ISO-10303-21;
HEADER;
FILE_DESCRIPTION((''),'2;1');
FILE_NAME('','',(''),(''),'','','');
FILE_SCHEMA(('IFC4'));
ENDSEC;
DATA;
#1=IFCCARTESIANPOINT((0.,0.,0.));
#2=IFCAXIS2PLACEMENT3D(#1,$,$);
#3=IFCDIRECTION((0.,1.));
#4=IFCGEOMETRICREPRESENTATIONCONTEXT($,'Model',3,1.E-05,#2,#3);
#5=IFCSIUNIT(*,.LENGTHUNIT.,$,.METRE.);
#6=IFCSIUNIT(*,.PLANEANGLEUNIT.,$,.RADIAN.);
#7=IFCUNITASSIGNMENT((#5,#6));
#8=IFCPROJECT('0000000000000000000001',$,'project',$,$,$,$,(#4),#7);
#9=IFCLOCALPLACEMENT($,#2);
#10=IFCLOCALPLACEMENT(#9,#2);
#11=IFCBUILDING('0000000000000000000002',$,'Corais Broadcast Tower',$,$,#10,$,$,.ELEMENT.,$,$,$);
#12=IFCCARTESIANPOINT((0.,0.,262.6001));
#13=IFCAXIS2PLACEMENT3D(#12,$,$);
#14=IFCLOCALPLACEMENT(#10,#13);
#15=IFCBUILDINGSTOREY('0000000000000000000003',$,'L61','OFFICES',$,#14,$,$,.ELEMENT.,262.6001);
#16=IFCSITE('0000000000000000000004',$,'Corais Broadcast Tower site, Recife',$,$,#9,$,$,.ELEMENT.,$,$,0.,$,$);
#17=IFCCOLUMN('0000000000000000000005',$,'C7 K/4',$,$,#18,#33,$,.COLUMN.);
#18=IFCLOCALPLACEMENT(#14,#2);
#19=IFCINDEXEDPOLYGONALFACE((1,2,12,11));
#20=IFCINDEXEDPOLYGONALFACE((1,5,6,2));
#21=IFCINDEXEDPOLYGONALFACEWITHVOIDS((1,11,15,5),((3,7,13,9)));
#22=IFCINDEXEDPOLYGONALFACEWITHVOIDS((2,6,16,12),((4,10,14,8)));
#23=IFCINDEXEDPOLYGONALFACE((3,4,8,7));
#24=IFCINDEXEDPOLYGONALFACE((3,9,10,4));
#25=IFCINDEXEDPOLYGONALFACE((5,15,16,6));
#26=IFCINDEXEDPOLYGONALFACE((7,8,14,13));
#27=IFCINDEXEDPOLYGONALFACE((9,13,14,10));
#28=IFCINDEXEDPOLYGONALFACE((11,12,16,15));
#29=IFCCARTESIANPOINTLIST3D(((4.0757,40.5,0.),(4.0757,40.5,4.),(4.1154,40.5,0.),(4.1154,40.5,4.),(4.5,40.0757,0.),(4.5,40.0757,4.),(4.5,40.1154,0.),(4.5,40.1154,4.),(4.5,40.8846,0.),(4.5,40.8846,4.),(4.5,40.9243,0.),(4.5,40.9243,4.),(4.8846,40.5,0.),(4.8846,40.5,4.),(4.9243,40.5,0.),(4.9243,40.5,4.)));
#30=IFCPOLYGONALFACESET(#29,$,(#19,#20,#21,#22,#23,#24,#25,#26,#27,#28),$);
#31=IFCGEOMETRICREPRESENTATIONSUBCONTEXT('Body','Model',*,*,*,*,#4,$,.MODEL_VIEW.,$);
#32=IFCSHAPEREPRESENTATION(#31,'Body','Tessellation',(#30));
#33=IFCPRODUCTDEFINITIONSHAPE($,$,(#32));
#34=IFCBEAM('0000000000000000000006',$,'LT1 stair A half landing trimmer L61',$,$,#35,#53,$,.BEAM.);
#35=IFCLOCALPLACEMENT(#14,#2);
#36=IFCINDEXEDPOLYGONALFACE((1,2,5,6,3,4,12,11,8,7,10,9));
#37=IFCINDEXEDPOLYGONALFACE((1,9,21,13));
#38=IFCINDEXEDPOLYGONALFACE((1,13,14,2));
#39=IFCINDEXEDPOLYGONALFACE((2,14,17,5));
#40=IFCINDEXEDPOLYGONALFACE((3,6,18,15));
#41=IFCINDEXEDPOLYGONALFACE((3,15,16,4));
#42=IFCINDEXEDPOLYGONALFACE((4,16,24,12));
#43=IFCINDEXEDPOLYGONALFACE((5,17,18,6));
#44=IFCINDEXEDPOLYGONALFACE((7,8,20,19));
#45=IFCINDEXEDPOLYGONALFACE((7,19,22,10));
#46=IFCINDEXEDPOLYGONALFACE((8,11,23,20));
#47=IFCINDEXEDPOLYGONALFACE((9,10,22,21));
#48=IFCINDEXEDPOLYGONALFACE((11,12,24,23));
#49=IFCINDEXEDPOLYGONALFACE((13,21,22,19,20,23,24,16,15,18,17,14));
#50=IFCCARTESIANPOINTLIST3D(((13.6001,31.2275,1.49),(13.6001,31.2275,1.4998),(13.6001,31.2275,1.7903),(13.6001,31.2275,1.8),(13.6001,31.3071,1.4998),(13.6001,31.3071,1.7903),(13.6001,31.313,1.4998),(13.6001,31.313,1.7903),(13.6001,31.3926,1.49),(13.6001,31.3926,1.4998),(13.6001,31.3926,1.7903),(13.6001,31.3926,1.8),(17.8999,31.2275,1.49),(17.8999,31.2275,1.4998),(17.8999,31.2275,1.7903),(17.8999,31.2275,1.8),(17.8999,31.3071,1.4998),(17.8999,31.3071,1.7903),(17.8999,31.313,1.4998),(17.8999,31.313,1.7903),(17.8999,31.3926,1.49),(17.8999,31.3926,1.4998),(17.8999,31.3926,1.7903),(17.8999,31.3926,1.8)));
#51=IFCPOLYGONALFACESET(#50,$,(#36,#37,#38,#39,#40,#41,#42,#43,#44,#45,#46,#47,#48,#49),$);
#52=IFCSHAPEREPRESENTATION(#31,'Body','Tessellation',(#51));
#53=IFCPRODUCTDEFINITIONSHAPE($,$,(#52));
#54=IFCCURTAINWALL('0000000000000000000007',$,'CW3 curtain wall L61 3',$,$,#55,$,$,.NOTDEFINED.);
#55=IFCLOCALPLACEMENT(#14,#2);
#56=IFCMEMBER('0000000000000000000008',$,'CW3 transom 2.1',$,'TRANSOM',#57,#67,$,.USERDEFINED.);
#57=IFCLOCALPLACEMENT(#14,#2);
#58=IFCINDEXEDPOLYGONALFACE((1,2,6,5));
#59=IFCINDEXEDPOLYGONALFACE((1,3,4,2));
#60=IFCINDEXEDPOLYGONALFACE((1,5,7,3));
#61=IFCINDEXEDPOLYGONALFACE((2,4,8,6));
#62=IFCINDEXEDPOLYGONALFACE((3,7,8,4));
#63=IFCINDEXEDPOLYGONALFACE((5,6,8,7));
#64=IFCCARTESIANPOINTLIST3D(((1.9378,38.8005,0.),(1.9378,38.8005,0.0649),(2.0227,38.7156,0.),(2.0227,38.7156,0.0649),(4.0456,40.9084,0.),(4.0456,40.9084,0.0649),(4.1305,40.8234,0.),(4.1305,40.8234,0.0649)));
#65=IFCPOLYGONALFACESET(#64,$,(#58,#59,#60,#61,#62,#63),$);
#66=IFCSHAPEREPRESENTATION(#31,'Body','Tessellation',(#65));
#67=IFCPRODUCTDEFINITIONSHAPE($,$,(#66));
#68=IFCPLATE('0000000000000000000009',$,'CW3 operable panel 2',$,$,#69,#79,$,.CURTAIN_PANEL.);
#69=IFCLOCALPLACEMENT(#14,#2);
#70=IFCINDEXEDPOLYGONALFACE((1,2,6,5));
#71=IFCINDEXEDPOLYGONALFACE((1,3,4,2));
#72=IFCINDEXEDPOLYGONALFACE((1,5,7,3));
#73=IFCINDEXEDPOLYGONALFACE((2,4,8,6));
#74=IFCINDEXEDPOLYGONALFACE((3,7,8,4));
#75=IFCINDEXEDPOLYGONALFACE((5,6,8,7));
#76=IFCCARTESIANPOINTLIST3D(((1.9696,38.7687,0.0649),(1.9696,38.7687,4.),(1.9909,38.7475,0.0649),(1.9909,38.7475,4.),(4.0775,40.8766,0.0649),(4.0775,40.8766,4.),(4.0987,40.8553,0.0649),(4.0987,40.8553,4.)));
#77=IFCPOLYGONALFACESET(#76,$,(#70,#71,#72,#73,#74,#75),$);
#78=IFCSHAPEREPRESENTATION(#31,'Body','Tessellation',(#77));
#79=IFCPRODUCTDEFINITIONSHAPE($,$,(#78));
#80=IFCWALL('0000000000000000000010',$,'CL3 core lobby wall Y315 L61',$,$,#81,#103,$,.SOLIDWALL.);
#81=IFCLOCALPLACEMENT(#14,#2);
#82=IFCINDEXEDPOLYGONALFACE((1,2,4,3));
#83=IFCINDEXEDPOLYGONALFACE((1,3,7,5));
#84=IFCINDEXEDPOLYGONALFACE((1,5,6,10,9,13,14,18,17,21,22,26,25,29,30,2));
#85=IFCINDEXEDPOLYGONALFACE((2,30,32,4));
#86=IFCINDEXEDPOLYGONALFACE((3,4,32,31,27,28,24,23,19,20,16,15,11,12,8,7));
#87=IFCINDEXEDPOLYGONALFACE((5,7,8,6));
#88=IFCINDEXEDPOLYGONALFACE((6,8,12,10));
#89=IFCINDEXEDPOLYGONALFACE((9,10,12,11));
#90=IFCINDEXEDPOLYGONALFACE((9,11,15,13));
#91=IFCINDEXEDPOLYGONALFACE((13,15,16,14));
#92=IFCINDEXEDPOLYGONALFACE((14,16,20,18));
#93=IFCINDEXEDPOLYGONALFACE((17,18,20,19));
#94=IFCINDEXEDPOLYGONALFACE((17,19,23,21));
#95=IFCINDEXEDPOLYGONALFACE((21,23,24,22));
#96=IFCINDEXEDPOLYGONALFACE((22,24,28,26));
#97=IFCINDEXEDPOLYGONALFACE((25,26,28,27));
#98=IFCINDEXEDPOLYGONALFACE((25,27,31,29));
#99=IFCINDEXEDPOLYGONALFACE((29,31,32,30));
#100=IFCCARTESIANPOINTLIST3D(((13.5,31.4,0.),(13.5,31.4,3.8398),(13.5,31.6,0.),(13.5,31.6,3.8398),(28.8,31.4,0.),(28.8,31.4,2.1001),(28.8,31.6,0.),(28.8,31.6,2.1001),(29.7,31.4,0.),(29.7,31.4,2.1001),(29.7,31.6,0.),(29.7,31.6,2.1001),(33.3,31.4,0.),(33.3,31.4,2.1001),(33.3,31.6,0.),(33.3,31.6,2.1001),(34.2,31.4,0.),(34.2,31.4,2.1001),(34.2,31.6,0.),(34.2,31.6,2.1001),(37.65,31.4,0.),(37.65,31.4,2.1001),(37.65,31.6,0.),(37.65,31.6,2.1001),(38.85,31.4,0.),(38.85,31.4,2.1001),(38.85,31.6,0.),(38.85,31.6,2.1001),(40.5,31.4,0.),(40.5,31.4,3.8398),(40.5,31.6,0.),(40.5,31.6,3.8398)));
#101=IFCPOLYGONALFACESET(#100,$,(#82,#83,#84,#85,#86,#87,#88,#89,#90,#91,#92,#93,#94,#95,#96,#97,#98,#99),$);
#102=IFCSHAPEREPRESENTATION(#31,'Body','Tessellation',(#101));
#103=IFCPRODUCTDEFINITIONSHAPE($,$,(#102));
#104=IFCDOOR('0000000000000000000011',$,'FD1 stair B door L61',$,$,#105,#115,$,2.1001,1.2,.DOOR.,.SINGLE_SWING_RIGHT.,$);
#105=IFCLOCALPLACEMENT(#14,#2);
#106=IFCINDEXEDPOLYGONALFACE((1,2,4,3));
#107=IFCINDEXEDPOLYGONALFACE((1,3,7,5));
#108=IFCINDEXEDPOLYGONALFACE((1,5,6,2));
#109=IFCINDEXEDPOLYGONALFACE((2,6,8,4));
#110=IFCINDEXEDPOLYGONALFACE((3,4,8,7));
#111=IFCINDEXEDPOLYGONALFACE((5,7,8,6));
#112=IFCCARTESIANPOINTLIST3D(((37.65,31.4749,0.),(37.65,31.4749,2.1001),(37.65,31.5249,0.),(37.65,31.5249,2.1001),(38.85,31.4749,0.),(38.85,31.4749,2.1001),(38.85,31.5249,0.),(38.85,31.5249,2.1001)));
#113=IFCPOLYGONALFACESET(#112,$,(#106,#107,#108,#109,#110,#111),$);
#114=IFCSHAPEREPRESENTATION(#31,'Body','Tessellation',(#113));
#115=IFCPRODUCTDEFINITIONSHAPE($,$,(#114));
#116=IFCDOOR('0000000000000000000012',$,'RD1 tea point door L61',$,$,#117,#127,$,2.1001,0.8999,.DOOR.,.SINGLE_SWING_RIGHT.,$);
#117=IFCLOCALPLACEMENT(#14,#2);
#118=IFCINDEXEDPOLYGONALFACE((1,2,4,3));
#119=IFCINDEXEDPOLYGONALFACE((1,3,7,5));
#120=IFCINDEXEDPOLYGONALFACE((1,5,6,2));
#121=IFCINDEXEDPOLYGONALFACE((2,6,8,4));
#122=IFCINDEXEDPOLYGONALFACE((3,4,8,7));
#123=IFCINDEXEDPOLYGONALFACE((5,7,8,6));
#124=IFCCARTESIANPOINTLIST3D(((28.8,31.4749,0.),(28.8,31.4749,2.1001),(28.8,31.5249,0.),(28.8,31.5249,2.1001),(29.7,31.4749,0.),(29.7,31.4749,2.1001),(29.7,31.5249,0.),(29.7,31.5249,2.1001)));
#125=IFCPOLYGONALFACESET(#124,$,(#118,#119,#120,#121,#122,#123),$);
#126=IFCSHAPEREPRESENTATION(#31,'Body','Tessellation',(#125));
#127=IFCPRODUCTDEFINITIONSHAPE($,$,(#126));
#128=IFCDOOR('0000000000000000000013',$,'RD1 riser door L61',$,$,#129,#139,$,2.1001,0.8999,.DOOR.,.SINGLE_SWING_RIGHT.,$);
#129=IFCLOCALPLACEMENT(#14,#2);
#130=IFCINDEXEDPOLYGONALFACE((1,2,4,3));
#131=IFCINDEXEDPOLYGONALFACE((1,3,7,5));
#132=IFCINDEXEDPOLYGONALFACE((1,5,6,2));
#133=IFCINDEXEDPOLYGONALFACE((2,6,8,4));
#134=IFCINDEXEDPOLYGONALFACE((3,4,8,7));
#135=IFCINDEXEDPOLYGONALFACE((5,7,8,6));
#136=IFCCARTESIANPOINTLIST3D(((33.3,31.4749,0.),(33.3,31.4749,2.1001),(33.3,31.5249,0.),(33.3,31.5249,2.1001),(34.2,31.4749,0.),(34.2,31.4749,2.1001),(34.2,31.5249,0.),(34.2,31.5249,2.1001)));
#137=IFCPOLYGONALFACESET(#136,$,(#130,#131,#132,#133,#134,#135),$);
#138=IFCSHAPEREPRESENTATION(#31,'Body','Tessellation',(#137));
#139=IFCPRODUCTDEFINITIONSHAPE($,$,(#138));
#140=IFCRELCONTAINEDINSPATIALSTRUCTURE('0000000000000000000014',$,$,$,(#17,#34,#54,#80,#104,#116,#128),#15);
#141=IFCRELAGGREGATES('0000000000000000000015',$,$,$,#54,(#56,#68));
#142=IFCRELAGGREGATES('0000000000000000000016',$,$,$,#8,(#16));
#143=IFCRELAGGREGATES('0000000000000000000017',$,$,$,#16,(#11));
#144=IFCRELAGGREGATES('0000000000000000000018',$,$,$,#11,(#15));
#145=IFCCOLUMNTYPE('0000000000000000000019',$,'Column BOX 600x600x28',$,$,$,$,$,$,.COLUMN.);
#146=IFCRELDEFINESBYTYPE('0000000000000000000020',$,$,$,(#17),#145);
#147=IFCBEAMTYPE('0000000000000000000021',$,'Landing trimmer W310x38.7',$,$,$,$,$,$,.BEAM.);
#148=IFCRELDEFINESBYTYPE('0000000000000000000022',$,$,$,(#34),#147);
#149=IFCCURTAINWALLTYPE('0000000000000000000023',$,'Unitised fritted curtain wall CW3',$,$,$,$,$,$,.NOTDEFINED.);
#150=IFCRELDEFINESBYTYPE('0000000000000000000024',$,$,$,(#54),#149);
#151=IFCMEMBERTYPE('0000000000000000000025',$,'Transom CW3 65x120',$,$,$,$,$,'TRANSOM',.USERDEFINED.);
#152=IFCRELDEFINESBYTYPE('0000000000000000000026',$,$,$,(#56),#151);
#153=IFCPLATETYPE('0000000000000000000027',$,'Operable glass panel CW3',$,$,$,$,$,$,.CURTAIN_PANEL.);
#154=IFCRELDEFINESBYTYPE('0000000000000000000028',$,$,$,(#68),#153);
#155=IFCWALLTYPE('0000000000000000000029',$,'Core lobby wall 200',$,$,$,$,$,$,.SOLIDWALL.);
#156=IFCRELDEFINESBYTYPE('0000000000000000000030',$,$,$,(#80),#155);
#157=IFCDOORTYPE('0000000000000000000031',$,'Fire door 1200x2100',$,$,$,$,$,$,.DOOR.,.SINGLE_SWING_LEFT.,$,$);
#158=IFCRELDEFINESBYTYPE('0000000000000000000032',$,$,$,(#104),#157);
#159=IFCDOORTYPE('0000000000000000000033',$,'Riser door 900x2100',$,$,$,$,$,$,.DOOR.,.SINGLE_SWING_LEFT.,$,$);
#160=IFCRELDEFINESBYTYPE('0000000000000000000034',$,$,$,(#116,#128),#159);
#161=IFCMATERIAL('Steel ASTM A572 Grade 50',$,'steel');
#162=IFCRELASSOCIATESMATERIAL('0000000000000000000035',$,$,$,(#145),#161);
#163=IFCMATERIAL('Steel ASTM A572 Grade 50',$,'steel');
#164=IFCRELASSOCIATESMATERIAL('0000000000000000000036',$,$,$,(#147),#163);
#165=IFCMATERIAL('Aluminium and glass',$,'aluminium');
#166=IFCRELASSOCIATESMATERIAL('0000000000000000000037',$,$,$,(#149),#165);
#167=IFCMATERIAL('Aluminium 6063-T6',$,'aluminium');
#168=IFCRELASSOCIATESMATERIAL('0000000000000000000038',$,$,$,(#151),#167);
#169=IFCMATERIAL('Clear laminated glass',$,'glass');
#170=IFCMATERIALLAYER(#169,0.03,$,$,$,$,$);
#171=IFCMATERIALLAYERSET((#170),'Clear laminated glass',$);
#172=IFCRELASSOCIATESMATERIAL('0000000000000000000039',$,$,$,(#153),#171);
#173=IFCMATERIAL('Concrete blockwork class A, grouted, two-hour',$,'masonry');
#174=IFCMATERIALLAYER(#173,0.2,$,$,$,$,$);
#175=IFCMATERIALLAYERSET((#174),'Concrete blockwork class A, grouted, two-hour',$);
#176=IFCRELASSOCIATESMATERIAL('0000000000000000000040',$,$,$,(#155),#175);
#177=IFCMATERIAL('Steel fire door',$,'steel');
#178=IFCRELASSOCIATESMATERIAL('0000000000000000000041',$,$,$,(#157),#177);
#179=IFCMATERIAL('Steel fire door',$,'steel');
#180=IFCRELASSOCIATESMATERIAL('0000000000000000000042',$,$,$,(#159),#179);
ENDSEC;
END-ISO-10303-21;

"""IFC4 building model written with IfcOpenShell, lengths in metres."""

from ifc_helpers import new_model, si_unit, direction, frame, frame_2d, origin, origin_2d, place, context, subcontext, project, spatial, rectangle, hollow_rectangle, i_section, extrude, material, layer, layer_set, material_profile, profile_set, type_object, element, fill, aggregate, save


model = new_model("IFC4")

# Units and contexts
model_context = context("Model", 3, precision=1e-05, world=origin(), true_north=direction((0.0, 1.0)))
body_context = subcontext(model_context, "Body", "Model", "MODEL_VIEW")
ifc_project = project(units=[si_unit("LENGTHUNIT", "METRE"), si_unit("PLANEANGLEUNIT", "RADIAN")], contexts=[model_context])

# Site, building, storey
site_placement = place(None, origin())
site = spatial("IfcSite", under=ifc_project, at=site_placement, Name="Corais Broadcast Tower site, Recife", CompositionType="ELEMENT", RefElevation=0.0)
building_placement = place(site_placement, origin())
building = spatial("IfcBuilding", under=site, at=building_placement, Name="Corais Broadcast Tower", CompositionType="ELEMENT")
storey_placement = place(building_placement, frame((0.0, 0.0, 262.6001)))
storey = spatial("IfcBuildingStorey", under=building, at=storey_placement, Name="L61", Description="OFFICES", CompositionType="ELEMENT", Elevation=262.6001)

# Column
ifc_material_1 = material(Name="Steel ASTM A572 Grade 50", Category="steel")
ifc_material_profile_1 = material_profile(ifc_material_1, hollow_rectangle(XDim=0.6001, YDim=0.6001, WallThickness=0.0281, at=origin_2d()), Name="BOX 600x600x28")
ifc_profile_set_1 = profile_set([ifc_material_profile_1], Name="Steel ASTM A572 Grade 50")
column_type = type_object("IfcColumnType", Name="Column BOX 600x600x28", PredefinedType="COLUMN", material=ifc_profile_set_1)
column_placement = place(storey_placement, frame((4.5, 40.5, 0.0), z_axis=(0.0, 0.0, 1.0), x_axis=(0.707107, 0.707107, 0.0)))
element("IfcColumn", 1, at=column_placement, inside=storey, type_object=column_type, Name="C7 K/4", PredefinedType="COLUMN", context=body_context, shape_type="SweptSolid", body=[
    extrude(hollow_rectangle(XDim=0.6001, YDim=0.6001, WallThickness=0.0281, at=origin_2d()), origin(), (0.0, 0.0, 1.0), 4.0),
])

# Beam
ifc_material_2 = material(Name="Steel ASTM A572 Grade 50", Category="steel")
ifc_material_profile_2 = material_profile(ifc_material_2, i_section(OverallWidth=0.165, OverallDepth=0.3101, WebThickness=0.0059, FlangeThickness=0.0098, at=origin_2d()), Name="W310x38.7")
ifc_profile_set_2 = profile_set([ifc_material_profile_2], Name="Steel ASTM A572 Grade 50")
beam_type = type_object("IfcBeamType", Name="Landing trimmer W310x38.7", PredefinedType="BEAM", material=ifc_profile_set_2)
beam_placement = place(storey_placement, frame((13.6001, 31.3101, 1.645), z_axis=(1.0, 0.0, 0.0), x_axis=(0.0, 1.0, 0.0)))
element("IfcBeam", 2, at=beam_placement, inside=storey, type_object=beam_type, Name="LT1 stair A half landing trimmer L61", PredefinedType="BEAM", context=body_context, shape_type="SweptSolid", body=[
    extrude(i_section(OverallWidth=0.165, OverallDepth=0.3101, WebThickness=0.0059, FlangeThickness=0.0098, at=origin_2d()), origin(), (0.0, 0.0, 1.0), 4.2998),
])

# Curtain wall, member, plate
ifc_material_3 = material(Name="Aluminium and glass", Category="aluminium")
curtain_wall_type = type_object("IfcCurtainWallType", Name="Unitised fritted curtain wall CW3", PredefinedType="NOTDEFINED", material=ifc_material_3)
curtain_wall_placement = place(storey_placement, origin())
curtain_wall = element("IfcCurtainWall", 3, at=curtain_wall_placement, inside=storey, type_object=curtain_wall_type, Name="CW3 curtain wall L61 3", PredefinedType="NOTDEFINED")
ifc_material_4 = material(Name="Aluminium 6063-T6", Category="aluminium")
ifc_material_profile_3 = material_profile(ifc_material_4, rectangle(XDim=0.1201, YDim=0.0649, at=origin_2d()), Name="Transom CW3 65x120")
ifc_profile_set_3 = profile_set([ifc_material_profile_3], Name="Aluminium 6063-T6")
member_type = type_object("IfcMemberType", Name="Transom CW3 65x120", ElementType="TRANSOM", PredefinedType="USERDEFINED", material=ifc_profile_set_3)
member_placement = place(storey_placement, frame((1.9802, 38.7581, 0.0325), z_axis=(0.707107, 0.707107, 0.0), x_axis=(-0.707107, 0.707107, 0.0)))
member = element("IfcMember", 4, at=member_placement, type_object=member_type, Name="CW3 transom 2.1", ObjectType="TRANSOM", PredefinedType="USERDEFINED", context=body_context, shape_type="SweptSolid", body=[
    extrude(rectangle(XDim=0.1201, YDim=0.0649, at=origin_2d()), origin(), (0.0, 0.0, 1.0), 2.981),
])
ifc_material_5 = material(Name="Clear laminated glass", Category="glass")
ifc_layer_1 = layer(ifc_material_5, 0.03)
ifc_layer_set_1 = layer_set([ifc_layer_1], Name="Clear laminated glass")
plate_type = type_object("IfcPlateType", Name="Operable glass panel CW3", PredefinedType="CURTAIN_PANEL", material=ifc_layer_set_1)
plate_placement = place(storey_placement, frame((3.0342, 39.812, 0.0649), z_axis=(0.0, 0.0, 1.0), x_axis=(0.707107, 0.707107, 0.0)))
plate = element("IfcPlate", 5, at=plate_placement, type_object=plate_type, Name="CW3 operable panel 2", PredefinedType="CURTAIN_PANEL", context=body_context, shape_type="SweptSolid", body=[
    extrude(rectangle(XDim=2.981, YDim=0.03, at=origin_2d()), origin(), (0.0, 0.0, 1.0), 3.9351),
])
aggregate(curtain_wall, [member, plate])

# Wall, openings, doors
ifc_material_6 = material(Name="Concrete blockwork class A, grouted, two-hour", Category="masonry")
ifc_layer_2 = layer(ifc_material_6, 0.2)
ifc_layer_set_2 = layer_set([ifc_layer_2], Name="Concrete blockwork class A, grouted, two-hour")
wall_type_1 = type_object("IfcWallType", Name="Core lobby wall 200", PredefinedType="SOLIDWALL", material=ifc_layer_set_2)
wall_1_placement = place(storey_placement, frame((13.5, 31.5, 0.0), z_axis=(0.0, 0.0, 1.0), x_axis=(1.0, 0.0, 0.0)))
wall_1 = element("IfcWall", 6, at=wall_1_placement, inside=storey, type_object=wall_type_1, Name="CL3 core lobby wall Y315 L61", PredefinedType="SOLIDWALL", context=body_context, shape_type="SweptSolid", body=[
    extrude(rectangle(XDim=27.0, YDim=0.2, at=frame_2d((13.5, 0.0))), origin(), (0.0, 0.0, 1.0), 3.8398),
])
opening_1_placement = place(wall_1_placement, frame((24.1499, 0.0, 0.0)))
opening_1 = element("IfcOpeningElement", 7, at=opening_1_placement, cuts=wall_1, PredefinedType="OPENING", context=body_context, shape_type="SweptSolid", body=[
    extrude(rectangle(XDim=1.2, YDim=2.1001, at=frame_2d((0.6001, 1.05))), frame((0.0, 0.1099, 0.0), z_axis=(0.0, -1.0, 0.0), x_axis=(1.0, 0.0, 0.0)), (0.0, 0.0, 1.0), 0.22),
])
opening_2_placement = place(wall_1_placement, frame((15.3, 0.0, 0.0)))
opening_2 = element("IfcOpeningElement", 8, at=opening_2_placement, cuts=wall_1, PredefinedType="OPENING", context=body_context, shape_type="SweptSolid", body=[
    extrude(rectangle(XDim=0.8999, YDim=2.1001, at=frame_2d((0.45, 1.05))), frame((0.0, 0.1099, 0.0), z_axis=(0.0, -1.0, 0.0), x_axis=(1.0, 0.0, 0.0)), (0.0, 0.0, 1.0), 0.22),
])
opening_3_placement = place(wall_1_placement, frame((19.8, 0.0, 0.0)))
opening_3 = element("IfcOpeningElement", 9, at=opening_3_placement, cuts=wall_1, PredefinedType="OPENING", context=body_context, shape_type="SweptSolid", body=[
    extrude(rectangle(XDim=0.8999, YDim=2.1001, at=frame_2d((0.45, 1.05))), frame((0.0, 0.1099, 0.0), z_axis=(0.0, -1.0, 0.0), x_axis=(1.0, 0.0, 0.0)), (0.0, 0.0, 1.0), 0.22),
])
ifc_material_7 = material(Name="Steel fire door", Category="steel")
door_type_1 = type_object("IfcDoorType", Name="Fire door 1200x2100", OperationType="SINGLE_SWING_LEFT", PredefinedType="DOOR", material=ifc_material_7)
door_1_placement = place(opening_1_placement, origin())
door_1 = element("IfcDoor", 10, at=door_1_placement, inside=storey, type_object=door_type_1, Name="FD1 stair B door L61", OperationType="SINGLE_SWING_RIGHT", OverallHeight=2.1001, OverallWidth=1.2, PredefinedType="DOOR", context=body_context, shape_type="SweptSolid", body=[
    extrude(rectangle(XDim=1.2, YDim=2.1001, at=frame_2d((0.6001, 1.05))), frame((0.0, 0.0249, 0.0), z_axis=(0.0, -1.0, 0.0), x_axis=(1.0, 0.0, 0.0)), (0.0, 0.0, 1.0), 0.05),
])
fill(opening_1, door_1)
ifc_material_8 = material(Name="Steel fire door", Category="steel")
door_type_2 = type_object("IfcDoorType", Name="Riser door 900x2100", OperationType="SINGLE_SWING_LEFT", PredefinedType="DOOR", material=ifc_material_8)
door_2_placement = place(opening_2_placement, origin())
door_2 = element("IfcDoor", 11, at=door_2_placement, inside=storey, type_object=door_type_2, Name="RD1 tea point door L61", OperationType="SINGLE_SWING_RIGHT", OverallHeight=2.1001, OverallWidth=0.8999, PredefinedType="DOOR", context=body_context, shape_type="SweptSolid", body=[
    extrude(rectangle(XDim=0.8999, YDim=2.1001, at=frame_2d((0.45, 1.05))), frame((0.0, 0.0249, 0.0), z_axis=(0.0, -1.0, 0.0), x_axis=(1.0, 0.0, 0.0)), (0.0, 0.0, 1.0), 0.05),
])
fill(opening_2, door_2)
door_3_placement = place(opening_3_placement, origin())
door_3 = element("IfcDoor", 12, at=door_3_placement, inside=storey, type_object=door_type_2, Name="RD1 riser door L61", OperationType="SINGLE_SWING_RIGHT", OverallHeight=2.1001, OverallWidth=0.8999, PredefinedType="DOOR", context=body_context, shape_type="SweptSolid", body=[
    extrude(rectangle(XDim=0.8999, YDim=2.1001, at=frame_2d((0.45, 1.05))), frame((0.0, 0.0249, 0.0), z_axis=(0.0, -1.0, 0.0), x_axis=(1.0, 0.0, 0.0)), (0.0, 0.0, 1.0), 0.05),
])
fill(opening_3, door_3)

save(model, "model.ifc")
